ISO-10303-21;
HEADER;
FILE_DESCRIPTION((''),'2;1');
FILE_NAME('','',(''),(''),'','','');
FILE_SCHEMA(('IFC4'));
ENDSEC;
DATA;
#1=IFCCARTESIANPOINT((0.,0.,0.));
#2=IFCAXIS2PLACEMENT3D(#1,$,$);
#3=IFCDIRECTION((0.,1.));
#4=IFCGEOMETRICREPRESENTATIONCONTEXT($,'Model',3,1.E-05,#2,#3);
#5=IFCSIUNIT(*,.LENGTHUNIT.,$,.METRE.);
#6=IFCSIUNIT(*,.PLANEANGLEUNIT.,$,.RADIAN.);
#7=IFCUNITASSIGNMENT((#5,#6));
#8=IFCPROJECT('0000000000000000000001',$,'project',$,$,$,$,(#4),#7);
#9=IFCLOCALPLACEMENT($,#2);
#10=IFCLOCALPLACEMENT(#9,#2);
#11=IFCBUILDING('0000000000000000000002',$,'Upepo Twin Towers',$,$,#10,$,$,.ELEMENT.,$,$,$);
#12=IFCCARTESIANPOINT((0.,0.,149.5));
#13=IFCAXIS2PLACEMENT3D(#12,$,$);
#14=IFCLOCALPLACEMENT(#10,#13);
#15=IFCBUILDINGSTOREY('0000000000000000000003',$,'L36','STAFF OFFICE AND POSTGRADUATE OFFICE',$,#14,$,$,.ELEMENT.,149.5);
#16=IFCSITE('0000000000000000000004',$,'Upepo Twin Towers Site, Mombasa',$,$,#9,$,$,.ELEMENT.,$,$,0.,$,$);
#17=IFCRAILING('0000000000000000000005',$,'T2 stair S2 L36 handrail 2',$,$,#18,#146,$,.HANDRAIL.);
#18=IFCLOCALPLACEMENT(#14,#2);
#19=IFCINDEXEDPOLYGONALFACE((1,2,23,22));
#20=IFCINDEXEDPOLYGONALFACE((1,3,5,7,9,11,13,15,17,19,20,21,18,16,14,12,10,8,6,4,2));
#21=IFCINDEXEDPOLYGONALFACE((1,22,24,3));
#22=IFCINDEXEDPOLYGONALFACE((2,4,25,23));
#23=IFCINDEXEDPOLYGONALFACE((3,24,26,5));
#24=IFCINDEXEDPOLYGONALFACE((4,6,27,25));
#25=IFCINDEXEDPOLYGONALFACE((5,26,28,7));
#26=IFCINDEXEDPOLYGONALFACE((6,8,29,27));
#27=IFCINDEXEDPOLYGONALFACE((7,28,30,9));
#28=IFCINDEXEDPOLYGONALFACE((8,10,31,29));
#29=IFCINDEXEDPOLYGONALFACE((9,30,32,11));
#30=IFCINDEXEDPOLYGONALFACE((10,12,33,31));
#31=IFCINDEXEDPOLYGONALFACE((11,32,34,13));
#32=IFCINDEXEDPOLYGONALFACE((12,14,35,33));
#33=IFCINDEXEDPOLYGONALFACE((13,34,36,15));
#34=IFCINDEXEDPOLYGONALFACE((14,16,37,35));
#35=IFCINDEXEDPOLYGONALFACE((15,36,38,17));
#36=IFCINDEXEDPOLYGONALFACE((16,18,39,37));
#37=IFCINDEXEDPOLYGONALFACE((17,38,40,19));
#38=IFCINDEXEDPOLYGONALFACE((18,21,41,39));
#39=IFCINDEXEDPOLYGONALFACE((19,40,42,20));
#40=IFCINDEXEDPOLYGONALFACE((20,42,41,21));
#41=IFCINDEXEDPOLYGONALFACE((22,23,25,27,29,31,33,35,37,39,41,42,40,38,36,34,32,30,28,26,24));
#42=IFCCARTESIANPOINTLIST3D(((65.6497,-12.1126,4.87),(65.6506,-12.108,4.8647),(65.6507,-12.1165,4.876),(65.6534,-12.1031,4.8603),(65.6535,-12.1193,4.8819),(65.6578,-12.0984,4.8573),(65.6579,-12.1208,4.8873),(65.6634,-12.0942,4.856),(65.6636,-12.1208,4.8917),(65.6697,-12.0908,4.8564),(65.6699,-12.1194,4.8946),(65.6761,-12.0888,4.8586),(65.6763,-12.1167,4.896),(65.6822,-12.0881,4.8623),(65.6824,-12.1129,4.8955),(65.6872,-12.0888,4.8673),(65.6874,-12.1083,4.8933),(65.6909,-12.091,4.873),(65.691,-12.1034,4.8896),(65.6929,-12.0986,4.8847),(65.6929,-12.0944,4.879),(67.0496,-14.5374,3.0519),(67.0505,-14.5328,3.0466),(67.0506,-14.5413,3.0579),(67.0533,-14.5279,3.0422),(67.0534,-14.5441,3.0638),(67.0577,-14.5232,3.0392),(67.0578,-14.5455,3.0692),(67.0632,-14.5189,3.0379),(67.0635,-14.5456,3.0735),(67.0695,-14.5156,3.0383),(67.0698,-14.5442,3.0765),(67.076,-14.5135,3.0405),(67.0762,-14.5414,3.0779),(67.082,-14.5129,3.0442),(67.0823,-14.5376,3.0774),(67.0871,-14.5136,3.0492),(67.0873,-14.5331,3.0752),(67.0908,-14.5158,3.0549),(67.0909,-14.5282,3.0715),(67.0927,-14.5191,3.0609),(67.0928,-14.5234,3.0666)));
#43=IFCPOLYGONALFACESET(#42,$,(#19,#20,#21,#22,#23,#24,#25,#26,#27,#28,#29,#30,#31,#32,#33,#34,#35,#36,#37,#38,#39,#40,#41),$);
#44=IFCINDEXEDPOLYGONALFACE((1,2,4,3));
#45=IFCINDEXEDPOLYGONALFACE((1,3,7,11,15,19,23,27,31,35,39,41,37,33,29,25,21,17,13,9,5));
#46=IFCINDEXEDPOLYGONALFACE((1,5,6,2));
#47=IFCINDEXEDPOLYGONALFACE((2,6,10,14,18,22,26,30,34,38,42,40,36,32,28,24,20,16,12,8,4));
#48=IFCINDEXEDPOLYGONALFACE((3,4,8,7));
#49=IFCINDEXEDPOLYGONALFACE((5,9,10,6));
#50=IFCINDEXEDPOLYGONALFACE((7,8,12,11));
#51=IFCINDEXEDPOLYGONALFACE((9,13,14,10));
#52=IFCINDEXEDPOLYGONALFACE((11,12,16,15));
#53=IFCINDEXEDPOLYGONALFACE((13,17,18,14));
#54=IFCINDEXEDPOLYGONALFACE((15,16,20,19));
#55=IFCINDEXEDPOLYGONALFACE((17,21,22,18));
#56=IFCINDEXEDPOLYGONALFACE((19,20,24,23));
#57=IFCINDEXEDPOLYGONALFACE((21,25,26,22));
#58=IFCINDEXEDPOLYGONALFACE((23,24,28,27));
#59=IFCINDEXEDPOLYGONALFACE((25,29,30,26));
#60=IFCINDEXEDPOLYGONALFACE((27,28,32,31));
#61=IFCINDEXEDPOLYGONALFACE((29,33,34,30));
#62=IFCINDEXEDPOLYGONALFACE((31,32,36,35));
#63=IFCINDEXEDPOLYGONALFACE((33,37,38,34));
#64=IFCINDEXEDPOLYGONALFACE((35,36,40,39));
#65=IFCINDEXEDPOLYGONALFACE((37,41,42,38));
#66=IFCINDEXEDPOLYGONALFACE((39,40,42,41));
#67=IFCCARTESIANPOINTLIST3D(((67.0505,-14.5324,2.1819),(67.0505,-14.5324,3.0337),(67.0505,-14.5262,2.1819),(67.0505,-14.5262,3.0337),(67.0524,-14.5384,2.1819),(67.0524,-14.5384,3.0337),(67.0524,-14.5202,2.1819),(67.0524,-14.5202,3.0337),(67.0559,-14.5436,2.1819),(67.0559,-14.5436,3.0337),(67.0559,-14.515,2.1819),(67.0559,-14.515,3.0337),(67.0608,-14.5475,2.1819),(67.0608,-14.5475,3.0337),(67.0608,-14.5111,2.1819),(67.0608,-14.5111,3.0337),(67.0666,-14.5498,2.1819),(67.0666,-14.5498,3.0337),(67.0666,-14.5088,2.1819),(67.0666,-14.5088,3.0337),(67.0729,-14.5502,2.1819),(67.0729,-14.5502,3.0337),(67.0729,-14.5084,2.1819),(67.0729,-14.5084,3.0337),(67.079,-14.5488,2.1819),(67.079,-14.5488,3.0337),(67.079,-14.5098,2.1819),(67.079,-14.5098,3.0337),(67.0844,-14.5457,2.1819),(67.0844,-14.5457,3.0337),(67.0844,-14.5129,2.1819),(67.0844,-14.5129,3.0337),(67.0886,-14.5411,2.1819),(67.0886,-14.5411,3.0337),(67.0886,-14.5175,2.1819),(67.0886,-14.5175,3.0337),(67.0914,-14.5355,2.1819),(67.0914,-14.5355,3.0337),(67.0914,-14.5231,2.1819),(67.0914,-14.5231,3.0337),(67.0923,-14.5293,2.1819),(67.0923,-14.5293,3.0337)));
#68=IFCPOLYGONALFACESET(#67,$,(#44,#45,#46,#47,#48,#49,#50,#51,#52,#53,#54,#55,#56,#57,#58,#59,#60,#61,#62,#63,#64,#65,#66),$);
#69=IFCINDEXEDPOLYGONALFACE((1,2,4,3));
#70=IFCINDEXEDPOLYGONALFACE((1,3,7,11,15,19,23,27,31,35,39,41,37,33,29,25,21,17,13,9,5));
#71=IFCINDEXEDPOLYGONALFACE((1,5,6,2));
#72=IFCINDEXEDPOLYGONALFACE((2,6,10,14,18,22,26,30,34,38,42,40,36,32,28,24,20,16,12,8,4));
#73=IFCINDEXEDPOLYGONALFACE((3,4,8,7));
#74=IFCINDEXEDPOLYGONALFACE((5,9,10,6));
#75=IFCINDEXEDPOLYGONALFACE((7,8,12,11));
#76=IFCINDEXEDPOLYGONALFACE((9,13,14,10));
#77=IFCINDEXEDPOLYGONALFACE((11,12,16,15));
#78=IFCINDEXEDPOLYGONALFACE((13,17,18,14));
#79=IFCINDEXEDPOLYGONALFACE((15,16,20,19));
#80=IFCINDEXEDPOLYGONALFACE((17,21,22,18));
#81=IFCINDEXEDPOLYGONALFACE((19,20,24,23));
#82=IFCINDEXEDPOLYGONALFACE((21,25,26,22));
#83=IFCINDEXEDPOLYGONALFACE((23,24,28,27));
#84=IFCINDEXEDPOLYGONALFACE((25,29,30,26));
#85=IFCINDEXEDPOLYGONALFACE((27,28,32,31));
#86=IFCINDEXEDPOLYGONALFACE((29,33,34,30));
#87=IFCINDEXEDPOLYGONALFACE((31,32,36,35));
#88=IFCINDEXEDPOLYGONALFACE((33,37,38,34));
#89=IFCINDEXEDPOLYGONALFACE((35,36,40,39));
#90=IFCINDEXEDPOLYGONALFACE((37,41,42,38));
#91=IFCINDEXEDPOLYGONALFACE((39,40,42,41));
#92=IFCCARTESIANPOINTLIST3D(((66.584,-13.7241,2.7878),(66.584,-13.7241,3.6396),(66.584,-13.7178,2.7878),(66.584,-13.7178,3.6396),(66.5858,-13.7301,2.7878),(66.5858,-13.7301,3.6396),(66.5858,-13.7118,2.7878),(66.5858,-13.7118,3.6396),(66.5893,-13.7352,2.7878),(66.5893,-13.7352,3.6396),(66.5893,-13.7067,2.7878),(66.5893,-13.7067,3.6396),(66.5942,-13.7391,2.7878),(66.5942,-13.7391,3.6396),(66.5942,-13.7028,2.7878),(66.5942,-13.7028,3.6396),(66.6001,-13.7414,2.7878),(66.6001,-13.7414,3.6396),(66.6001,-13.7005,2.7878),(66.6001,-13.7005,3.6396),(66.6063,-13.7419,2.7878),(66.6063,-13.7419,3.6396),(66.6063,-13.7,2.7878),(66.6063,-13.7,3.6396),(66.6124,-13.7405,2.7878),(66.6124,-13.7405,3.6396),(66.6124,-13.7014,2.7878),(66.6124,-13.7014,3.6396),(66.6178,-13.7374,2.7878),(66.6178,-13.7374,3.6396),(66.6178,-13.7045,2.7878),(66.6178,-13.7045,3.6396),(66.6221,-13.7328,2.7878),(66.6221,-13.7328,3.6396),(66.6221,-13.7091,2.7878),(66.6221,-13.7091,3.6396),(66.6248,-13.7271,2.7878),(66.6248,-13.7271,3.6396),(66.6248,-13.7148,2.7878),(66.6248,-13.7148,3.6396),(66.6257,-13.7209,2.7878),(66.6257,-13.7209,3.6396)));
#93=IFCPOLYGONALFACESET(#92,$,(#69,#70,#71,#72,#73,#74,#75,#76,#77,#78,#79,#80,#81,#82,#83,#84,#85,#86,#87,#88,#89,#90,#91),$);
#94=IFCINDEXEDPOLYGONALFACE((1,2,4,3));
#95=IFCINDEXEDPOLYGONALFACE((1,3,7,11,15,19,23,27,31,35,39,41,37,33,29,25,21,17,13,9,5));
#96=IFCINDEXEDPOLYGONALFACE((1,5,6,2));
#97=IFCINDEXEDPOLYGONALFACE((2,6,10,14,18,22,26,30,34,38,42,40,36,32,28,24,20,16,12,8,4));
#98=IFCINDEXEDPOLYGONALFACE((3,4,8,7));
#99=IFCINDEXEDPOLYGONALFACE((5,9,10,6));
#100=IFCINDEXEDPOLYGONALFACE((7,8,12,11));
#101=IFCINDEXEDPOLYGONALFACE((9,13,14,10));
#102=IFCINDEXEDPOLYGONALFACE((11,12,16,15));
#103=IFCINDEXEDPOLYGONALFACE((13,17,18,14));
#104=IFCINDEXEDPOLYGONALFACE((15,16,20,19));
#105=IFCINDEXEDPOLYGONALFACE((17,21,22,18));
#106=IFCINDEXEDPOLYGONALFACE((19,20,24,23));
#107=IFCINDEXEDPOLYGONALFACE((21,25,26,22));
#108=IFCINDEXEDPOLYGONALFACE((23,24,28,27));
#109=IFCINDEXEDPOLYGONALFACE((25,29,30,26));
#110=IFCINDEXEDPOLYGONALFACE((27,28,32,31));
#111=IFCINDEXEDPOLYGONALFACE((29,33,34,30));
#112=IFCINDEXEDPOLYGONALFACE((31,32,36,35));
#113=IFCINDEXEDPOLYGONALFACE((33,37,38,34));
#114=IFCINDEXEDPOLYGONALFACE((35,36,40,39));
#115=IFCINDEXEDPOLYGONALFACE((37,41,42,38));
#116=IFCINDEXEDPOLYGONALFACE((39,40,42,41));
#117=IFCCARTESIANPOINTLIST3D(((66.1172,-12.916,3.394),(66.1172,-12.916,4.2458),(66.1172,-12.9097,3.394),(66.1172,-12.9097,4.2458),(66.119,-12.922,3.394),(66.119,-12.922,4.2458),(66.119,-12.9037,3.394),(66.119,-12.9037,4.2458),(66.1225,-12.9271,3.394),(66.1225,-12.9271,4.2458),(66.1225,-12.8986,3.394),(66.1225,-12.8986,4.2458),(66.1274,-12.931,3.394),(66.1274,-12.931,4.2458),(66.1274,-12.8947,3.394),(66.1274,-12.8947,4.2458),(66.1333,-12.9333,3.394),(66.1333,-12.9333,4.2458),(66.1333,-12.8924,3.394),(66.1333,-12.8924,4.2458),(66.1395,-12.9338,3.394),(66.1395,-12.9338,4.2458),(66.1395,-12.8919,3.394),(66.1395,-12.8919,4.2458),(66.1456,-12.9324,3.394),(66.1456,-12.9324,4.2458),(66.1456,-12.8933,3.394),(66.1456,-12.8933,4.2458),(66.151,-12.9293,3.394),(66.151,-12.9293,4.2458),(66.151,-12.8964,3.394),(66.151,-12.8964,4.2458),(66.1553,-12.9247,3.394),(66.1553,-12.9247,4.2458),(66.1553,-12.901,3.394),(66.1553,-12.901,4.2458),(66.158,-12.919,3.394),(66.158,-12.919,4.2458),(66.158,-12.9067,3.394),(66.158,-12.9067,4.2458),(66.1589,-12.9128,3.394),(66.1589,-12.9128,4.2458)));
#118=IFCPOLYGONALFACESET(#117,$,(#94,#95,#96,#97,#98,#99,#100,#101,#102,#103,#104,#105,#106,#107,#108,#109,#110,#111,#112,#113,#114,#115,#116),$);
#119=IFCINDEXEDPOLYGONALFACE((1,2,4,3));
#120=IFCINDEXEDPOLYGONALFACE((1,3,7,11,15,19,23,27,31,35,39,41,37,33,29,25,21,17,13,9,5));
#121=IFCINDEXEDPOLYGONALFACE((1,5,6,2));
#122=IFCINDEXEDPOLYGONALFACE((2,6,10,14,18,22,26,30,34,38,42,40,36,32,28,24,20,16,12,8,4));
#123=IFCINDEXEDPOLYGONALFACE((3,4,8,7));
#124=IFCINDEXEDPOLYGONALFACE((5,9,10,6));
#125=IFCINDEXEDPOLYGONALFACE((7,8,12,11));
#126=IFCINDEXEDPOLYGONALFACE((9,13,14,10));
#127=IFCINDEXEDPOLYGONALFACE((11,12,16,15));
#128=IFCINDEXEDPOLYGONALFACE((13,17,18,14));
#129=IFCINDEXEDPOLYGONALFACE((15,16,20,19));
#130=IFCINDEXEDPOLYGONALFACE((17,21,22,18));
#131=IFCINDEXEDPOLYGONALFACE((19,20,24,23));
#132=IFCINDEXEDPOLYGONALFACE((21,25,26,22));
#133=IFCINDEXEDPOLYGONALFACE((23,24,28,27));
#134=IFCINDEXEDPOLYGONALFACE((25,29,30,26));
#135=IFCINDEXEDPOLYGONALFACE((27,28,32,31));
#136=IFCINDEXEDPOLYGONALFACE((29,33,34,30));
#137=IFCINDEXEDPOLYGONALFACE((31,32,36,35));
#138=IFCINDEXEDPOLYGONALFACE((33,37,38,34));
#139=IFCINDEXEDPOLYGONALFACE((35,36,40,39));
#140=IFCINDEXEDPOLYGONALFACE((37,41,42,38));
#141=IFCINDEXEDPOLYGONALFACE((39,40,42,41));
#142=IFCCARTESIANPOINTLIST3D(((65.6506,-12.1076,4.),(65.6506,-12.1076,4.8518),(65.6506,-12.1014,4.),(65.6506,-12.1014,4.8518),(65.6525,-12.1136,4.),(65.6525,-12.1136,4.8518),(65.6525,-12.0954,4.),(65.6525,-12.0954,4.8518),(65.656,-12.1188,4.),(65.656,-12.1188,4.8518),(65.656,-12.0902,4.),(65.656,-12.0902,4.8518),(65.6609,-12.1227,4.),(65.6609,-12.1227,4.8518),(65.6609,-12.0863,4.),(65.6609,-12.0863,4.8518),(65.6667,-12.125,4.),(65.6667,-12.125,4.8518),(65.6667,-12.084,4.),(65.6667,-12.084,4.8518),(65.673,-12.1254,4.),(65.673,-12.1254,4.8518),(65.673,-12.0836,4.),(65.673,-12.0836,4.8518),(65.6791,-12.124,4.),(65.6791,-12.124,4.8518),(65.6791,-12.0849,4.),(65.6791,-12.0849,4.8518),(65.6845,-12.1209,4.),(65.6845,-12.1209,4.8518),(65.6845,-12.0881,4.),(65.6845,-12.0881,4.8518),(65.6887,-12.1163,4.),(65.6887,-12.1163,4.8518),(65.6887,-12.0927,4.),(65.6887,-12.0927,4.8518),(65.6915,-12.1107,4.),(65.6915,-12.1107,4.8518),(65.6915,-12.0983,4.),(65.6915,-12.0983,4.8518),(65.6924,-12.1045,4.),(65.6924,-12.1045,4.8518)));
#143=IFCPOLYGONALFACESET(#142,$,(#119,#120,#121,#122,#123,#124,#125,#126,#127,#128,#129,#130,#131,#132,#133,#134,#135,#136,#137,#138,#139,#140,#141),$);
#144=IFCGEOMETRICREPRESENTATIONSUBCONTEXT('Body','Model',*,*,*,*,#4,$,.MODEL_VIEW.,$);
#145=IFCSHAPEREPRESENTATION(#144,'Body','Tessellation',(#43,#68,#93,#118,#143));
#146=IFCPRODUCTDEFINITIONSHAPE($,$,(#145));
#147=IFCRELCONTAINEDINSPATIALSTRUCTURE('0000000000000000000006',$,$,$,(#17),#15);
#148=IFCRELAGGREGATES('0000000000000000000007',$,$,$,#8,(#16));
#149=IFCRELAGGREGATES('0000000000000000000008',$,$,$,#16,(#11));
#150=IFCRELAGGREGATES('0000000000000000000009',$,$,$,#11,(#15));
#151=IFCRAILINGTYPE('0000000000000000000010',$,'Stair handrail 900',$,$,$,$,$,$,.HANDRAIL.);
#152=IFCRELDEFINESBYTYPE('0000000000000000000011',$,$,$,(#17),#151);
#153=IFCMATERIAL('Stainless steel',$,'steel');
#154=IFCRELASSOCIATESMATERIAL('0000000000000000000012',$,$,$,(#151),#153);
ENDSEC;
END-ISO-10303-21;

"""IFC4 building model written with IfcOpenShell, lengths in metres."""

from ifc_helpers import new_model, si_unit, direction, frame, origin, origin_2d, place, context, subcontext, project, spatial, circle, extrude, material, type_object, element, save


model = new_model("IFC4")

# Units and contexts
model_context = context("Model", 3, precision=1e-05, world=origin(), true_north=direction((0.0, 1.0)))
body_context = subcontext(model_context, "Body", "Model", "MODEL_VIEW")
ifc_project = project(units=[si_unit("LENGTHUNIT", "METRE"), si_unit("PLANEANGLEUNIT", "RADIAN")], contexts=[model_context])

# Site, building, storey
site_placement = place(None, origin())
site = spatial("IfcSite", under=ifc_project, at=site_placement, Name="Upepo Twin Towers Site, Mombasa", CompositionType="ELEMENT", RefElevation=0.0)
building_placement = place(site_placement, origin())
building = spatial("IfcBuilding", under=site, at=building_placement, Name="Upepo Twin Towers", CompositionType="ELEMENT")
storey_placement = place(building_placement, frame((0.0, 0.0, 149.5)))
storey = spatial("IfcBuildingStorey", under=building, at=storey_placement, Name="L36", Description="STAFF OFFICE AND POSTGRADUATE OFFICE", CompositionType="ELEMENT", Elevation=149.5)

# Railing
ifc_material_1 = material(Name="Stainless steel", Category="steel")
railing_type = type_object("IfcRailingType", Name="Stair handrail 900", PredefinedType="HANDRAIL", material=ifc_material_1)
railing_1_placement = place(storey_placement, frame((67.0713, -14.5293, 2.1819)))
element("IfcRailing", 1, at=railing_1_placement, inside=storey, type_object=railing_type, Name="T2 stair S2 L36 handrail 2", PredefinedType="HANDRAIL", context=body_context, shape_type="SweptSolid", body=[
    extrude(circle(Radius=0.0239, at=origin_2d()), frame((0.0, 0.0, 0.876), z_axis=(-0.419333, 0.726336, 0.544606), x_axis=(-0.866035, -0.499984, 0.0)), (0.0, 0.0, 1.0), 3.3384),
    extrude(circle(Radius=0.021, at=origin_2d()), origin(), (0.0, 0.0, 1.0), 0.8518),
    extrude(circle(Radius=0.021, at=origin_2d()), frame((-0.4666, 0.8083, 0.606)), (0.0, 0.0, 1.0), 0.8518),
    extrude(circle(Radius=0.021, at=origin_2d()), frame((-0.9333, 1.6165, 1.2122)), (0.0, 0.0, 1.0), 0.8518),
    extrude(circle(Radius=0.021, at=origin_2d()), frame((-1.3999, 2.4248, 1.8181)), (0.0, 0.0, 1.0), 0.8518),
])

save(model, "model.ifc")
